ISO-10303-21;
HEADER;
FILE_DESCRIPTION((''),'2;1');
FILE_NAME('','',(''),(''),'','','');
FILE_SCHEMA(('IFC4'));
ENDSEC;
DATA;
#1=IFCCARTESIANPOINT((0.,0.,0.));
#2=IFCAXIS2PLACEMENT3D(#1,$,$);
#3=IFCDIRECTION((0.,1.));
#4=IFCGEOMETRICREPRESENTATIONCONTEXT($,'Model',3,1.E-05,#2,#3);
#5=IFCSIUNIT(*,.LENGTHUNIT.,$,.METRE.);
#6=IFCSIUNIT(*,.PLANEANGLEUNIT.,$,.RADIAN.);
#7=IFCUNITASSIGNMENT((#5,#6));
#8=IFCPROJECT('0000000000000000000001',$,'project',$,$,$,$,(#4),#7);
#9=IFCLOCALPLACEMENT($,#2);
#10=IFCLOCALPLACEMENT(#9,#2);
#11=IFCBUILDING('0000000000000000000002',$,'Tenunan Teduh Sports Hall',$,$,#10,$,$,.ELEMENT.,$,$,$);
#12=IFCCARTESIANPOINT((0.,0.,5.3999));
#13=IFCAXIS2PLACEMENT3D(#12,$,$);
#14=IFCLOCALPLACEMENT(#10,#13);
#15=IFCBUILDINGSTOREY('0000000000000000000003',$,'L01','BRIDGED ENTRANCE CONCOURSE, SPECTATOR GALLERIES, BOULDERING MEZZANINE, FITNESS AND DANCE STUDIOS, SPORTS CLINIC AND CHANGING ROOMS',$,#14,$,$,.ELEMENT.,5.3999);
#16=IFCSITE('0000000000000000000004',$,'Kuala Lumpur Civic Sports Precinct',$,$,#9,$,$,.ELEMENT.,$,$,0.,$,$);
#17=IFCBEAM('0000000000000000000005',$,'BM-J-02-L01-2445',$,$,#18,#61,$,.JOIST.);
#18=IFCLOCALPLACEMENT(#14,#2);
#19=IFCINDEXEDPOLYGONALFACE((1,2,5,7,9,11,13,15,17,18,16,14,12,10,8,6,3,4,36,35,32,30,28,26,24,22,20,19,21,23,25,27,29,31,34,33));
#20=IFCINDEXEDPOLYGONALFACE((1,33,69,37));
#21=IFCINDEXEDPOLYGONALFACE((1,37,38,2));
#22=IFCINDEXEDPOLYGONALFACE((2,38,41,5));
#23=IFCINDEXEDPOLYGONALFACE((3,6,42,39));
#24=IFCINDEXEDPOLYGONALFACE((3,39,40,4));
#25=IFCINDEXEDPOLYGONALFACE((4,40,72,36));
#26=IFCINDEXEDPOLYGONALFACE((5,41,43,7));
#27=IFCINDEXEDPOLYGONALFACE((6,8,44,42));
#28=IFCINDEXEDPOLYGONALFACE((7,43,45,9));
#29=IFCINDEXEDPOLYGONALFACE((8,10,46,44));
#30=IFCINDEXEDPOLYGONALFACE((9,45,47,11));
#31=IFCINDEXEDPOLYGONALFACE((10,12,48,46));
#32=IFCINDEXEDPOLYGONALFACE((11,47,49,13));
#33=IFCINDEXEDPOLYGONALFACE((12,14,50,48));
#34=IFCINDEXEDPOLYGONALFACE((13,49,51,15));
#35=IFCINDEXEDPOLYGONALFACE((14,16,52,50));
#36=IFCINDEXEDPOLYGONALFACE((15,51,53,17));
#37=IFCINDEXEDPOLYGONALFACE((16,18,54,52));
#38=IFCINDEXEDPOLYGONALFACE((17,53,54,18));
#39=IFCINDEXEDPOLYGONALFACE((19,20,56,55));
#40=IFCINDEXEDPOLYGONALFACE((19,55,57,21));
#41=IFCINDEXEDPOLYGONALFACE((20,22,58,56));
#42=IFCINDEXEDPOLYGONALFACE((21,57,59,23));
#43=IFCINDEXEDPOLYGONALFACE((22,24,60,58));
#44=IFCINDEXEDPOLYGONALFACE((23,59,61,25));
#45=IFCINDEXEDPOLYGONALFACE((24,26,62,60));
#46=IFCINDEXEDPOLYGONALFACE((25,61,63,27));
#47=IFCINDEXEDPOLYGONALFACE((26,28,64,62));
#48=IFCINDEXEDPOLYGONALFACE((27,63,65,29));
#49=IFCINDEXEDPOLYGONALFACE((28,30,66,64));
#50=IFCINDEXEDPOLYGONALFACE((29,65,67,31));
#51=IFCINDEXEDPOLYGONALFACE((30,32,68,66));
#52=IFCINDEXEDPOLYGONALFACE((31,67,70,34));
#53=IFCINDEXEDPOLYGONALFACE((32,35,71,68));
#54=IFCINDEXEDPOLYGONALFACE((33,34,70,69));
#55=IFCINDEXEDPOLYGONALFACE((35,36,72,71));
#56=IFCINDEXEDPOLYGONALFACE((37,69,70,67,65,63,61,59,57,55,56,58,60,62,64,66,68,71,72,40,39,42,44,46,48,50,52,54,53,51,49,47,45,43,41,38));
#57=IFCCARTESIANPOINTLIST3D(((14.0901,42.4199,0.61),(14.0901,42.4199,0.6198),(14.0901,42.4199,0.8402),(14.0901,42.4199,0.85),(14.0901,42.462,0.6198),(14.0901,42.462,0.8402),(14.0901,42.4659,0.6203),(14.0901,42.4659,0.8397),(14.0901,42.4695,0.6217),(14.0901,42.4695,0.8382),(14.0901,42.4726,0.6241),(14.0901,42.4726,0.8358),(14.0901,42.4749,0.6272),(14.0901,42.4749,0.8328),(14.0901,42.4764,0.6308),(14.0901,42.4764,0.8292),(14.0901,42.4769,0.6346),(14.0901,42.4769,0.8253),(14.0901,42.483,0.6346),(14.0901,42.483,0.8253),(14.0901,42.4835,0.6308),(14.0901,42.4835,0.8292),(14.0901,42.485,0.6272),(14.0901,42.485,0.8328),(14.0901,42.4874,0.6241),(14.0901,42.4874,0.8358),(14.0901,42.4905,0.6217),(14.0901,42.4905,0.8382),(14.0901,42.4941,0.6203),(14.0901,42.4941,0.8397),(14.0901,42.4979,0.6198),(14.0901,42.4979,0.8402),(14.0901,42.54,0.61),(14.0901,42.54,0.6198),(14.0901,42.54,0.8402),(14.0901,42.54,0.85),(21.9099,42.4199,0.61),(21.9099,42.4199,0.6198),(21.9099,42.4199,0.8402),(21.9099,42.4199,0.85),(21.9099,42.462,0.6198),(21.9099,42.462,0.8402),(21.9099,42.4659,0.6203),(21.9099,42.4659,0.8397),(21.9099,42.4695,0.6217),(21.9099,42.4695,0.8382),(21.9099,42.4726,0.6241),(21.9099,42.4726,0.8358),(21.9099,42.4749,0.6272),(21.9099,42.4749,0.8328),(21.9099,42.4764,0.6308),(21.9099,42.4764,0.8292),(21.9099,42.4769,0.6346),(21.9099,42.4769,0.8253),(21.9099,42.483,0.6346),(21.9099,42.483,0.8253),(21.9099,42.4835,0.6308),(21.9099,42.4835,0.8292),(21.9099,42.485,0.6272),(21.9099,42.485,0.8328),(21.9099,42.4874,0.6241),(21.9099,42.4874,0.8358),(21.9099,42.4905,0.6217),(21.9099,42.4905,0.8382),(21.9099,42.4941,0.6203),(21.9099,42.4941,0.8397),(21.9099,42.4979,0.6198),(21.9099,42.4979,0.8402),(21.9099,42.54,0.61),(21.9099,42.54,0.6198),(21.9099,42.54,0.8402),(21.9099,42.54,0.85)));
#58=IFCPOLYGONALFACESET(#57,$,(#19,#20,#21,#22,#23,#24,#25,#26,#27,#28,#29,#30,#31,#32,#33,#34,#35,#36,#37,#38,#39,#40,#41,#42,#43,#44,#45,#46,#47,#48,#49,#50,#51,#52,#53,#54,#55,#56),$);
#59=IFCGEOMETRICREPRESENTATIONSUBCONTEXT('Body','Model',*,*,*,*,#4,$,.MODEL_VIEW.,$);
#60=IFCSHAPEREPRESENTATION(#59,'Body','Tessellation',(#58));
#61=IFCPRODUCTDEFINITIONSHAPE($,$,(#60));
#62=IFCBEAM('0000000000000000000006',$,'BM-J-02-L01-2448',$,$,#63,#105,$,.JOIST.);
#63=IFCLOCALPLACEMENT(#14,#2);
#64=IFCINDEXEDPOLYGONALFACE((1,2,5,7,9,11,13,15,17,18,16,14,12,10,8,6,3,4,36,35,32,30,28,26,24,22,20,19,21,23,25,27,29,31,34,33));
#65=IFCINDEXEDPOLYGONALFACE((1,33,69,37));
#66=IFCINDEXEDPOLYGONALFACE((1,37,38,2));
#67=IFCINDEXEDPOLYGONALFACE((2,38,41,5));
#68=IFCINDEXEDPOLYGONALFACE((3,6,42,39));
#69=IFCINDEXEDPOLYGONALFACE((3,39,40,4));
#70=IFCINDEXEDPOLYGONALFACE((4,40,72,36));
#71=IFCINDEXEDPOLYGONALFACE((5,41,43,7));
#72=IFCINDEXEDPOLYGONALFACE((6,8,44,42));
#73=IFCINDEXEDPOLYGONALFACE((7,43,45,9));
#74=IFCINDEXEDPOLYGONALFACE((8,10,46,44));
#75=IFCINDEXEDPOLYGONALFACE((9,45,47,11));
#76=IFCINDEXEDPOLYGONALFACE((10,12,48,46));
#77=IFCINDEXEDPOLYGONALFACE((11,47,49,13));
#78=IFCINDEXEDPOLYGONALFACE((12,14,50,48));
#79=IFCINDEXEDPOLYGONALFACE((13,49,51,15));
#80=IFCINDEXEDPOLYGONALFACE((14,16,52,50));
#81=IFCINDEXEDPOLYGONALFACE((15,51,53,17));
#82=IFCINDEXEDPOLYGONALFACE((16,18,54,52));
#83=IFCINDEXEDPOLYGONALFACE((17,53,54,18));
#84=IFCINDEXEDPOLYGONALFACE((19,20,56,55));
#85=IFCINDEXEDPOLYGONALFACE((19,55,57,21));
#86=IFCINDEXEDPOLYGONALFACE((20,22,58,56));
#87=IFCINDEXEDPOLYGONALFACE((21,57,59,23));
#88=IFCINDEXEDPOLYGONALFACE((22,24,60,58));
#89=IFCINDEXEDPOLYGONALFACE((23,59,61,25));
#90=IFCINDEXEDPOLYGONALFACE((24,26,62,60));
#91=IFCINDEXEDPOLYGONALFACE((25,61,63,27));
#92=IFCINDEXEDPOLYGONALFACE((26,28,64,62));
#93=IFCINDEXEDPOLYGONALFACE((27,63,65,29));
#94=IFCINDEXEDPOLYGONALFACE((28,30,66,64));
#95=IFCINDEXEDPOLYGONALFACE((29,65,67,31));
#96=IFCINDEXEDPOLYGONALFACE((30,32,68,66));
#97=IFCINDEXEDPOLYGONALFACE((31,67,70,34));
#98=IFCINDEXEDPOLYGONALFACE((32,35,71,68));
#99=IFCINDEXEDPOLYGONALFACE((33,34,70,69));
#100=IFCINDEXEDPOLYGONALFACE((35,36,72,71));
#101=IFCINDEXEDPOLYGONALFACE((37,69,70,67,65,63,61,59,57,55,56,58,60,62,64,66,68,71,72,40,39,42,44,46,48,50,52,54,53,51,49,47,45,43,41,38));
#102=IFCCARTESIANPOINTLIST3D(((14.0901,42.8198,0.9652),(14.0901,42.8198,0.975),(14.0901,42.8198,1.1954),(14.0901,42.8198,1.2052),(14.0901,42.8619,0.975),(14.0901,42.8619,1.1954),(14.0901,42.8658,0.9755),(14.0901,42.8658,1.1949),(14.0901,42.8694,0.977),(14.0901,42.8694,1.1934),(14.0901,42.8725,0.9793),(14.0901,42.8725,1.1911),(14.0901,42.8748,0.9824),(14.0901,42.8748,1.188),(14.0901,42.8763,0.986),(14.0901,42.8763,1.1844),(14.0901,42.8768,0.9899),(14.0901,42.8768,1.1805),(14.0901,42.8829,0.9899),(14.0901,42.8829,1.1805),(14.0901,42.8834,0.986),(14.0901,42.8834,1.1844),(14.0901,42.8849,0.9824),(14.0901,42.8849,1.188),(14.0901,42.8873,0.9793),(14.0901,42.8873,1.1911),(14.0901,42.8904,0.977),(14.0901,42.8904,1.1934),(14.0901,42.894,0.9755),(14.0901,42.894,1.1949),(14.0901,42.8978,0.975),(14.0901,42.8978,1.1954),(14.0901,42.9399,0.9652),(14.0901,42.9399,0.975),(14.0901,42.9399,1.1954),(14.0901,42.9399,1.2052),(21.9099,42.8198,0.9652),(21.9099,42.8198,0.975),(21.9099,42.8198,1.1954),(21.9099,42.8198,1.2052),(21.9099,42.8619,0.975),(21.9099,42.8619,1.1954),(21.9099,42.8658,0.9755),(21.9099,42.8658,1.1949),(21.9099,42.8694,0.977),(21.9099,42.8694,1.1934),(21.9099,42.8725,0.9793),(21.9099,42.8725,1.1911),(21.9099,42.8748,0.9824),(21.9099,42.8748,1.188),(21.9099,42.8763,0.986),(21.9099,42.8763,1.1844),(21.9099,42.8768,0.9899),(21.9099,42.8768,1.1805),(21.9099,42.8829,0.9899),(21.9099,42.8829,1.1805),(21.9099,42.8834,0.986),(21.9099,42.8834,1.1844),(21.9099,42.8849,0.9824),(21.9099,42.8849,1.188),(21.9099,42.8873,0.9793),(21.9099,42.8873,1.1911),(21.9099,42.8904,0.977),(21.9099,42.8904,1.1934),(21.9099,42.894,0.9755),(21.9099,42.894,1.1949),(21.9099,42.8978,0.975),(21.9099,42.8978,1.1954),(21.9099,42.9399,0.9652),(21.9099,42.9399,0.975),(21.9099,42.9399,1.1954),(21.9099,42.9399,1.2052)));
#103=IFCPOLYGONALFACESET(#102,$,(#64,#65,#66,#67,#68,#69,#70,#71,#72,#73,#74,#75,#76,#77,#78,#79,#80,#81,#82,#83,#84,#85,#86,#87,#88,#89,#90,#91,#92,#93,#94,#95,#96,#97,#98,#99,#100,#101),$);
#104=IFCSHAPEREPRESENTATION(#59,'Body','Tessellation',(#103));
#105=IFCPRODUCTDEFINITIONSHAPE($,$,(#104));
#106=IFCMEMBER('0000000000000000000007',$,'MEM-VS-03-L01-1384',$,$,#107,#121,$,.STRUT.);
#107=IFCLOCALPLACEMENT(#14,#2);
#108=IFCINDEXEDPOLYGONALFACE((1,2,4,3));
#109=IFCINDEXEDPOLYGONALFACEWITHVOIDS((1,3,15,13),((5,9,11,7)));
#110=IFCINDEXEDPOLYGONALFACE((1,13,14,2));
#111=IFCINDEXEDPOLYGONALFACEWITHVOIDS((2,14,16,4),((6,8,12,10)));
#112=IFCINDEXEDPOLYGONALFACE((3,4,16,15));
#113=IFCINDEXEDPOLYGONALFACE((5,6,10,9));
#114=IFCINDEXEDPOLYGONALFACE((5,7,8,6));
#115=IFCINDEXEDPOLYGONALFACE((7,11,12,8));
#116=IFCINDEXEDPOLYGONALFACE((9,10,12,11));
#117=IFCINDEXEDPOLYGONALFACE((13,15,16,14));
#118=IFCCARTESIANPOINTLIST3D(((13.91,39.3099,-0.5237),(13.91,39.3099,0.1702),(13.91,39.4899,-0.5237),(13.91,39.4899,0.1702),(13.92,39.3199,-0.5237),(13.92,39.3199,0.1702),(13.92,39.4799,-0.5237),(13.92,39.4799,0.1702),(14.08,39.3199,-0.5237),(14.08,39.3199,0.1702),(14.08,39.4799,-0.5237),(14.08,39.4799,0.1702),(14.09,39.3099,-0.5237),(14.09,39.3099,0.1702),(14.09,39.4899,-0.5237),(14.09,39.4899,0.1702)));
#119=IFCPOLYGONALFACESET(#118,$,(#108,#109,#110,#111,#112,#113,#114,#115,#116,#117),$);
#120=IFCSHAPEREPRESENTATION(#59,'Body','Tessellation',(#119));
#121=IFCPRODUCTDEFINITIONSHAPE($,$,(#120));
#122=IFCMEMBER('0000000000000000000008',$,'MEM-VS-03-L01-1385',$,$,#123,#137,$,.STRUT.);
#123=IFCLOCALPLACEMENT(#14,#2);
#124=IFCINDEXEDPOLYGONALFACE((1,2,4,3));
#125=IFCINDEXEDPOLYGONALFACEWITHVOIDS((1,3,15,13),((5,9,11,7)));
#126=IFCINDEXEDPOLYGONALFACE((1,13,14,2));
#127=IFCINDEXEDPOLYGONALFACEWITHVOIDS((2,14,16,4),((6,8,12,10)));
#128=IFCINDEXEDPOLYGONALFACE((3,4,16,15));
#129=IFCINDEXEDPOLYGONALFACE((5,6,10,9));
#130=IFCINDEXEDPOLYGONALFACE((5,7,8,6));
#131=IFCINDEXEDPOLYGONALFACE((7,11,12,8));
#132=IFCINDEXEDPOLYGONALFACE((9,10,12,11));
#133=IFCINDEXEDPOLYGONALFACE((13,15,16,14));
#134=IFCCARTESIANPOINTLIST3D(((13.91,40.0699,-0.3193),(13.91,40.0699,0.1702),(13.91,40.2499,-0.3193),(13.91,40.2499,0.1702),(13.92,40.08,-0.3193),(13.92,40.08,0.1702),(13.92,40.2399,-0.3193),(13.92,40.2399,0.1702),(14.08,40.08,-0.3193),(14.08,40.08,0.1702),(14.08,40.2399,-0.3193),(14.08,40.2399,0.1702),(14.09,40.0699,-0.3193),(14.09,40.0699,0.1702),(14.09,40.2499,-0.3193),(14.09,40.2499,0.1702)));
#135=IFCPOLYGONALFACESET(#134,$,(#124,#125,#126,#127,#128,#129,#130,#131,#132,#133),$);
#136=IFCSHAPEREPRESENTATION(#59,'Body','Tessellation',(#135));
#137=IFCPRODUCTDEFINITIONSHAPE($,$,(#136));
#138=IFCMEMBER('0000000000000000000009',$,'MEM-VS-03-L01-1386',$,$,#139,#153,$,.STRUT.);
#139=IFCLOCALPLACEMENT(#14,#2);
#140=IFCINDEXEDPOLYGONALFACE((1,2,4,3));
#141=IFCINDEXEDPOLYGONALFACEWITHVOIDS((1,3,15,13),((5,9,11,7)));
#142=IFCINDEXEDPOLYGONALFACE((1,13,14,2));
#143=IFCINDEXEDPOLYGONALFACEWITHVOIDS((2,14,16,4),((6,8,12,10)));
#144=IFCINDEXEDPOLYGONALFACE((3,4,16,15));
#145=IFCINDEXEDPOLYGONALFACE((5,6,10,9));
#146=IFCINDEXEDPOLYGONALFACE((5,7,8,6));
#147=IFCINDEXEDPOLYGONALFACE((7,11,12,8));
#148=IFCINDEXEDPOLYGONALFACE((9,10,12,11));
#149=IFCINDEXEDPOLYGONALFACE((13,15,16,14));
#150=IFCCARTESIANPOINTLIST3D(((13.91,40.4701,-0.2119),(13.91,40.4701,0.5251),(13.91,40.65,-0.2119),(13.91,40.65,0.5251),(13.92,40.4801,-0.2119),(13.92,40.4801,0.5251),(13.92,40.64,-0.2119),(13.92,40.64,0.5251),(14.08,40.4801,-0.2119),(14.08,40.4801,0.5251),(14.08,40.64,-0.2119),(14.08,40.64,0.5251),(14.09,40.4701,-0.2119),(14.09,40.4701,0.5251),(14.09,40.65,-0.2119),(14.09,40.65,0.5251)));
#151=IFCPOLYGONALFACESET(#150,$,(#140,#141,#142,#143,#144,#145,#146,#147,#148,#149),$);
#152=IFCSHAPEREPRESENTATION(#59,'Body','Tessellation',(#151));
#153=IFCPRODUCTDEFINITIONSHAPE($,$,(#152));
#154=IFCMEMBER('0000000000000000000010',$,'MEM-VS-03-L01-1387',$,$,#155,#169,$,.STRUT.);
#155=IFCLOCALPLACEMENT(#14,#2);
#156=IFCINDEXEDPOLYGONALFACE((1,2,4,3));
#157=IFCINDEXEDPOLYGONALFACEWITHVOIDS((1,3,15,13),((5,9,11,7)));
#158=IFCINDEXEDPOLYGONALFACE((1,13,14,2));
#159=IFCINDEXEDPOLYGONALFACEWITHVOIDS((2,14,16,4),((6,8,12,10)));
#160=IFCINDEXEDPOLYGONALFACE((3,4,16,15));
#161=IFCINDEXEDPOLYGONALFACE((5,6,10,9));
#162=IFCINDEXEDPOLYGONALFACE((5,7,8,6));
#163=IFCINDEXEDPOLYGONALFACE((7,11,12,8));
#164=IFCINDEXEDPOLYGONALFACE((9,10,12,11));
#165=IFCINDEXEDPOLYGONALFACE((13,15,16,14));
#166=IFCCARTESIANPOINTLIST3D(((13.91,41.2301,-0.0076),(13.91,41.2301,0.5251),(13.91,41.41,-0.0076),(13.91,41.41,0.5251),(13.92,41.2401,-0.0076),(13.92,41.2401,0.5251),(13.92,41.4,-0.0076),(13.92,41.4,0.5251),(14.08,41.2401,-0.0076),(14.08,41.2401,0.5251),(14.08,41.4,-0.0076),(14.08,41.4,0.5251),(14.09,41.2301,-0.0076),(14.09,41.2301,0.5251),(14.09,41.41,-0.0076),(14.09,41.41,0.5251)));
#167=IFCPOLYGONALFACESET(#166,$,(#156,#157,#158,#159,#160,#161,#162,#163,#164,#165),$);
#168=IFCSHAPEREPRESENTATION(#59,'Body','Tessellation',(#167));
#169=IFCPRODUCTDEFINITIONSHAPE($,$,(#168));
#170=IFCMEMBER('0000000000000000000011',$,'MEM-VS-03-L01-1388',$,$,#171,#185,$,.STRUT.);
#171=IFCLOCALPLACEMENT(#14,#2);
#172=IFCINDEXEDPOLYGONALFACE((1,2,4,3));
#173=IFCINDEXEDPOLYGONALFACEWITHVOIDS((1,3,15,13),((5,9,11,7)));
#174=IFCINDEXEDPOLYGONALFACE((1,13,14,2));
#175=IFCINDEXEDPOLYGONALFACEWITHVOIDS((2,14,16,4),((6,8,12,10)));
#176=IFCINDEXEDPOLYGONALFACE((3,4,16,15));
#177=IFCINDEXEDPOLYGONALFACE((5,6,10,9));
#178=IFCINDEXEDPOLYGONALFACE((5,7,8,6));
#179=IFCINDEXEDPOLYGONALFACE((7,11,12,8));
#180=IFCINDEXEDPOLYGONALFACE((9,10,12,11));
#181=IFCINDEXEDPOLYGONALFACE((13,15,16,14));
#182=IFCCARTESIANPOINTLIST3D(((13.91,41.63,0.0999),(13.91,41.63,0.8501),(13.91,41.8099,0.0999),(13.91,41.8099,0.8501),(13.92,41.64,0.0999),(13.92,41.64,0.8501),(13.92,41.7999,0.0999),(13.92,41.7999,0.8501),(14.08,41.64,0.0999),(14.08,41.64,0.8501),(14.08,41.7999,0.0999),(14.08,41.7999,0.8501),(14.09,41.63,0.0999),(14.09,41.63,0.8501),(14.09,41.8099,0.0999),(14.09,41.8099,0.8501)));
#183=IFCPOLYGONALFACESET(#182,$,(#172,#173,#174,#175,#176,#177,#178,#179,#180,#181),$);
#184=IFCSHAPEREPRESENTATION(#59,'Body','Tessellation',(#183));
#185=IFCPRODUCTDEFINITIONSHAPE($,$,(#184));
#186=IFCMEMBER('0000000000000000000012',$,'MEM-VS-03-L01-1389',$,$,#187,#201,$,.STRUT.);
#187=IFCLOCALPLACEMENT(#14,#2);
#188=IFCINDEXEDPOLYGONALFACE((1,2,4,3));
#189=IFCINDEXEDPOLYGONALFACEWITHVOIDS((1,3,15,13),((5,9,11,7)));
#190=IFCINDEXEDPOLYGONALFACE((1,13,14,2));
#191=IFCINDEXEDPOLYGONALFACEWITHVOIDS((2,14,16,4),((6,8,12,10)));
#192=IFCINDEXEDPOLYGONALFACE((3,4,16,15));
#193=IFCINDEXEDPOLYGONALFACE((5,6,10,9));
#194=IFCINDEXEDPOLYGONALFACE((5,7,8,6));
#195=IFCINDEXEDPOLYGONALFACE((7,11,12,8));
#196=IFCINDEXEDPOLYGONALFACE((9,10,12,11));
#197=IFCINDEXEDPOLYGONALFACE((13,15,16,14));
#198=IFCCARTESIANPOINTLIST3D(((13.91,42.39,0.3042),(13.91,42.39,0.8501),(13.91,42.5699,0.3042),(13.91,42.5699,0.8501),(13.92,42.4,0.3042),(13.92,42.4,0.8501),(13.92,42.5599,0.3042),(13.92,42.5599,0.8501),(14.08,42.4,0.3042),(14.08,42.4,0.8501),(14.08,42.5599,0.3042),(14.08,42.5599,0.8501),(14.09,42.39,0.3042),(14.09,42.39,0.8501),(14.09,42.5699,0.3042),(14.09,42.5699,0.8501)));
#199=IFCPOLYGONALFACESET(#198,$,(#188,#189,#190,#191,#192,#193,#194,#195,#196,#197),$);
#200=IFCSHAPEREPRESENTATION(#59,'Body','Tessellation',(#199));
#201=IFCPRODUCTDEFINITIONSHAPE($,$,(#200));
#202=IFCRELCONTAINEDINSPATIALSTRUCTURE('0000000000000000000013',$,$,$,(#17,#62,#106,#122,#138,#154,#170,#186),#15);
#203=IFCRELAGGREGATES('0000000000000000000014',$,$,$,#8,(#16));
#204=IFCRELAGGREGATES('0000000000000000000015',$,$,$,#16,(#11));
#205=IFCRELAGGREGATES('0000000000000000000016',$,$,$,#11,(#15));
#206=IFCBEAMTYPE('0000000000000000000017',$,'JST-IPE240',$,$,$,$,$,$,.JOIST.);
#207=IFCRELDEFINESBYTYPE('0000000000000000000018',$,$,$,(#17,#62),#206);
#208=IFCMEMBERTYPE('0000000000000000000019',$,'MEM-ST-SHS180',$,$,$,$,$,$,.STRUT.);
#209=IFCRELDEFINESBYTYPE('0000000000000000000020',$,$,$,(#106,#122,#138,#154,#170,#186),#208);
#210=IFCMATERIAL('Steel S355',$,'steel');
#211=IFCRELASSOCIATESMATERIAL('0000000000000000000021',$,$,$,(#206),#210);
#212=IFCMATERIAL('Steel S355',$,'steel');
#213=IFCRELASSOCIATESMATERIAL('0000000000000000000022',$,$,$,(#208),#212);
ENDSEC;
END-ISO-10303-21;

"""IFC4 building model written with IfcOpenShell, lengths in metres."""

from ifc_helpers import new_model, si_unit, direction, frame, origin, origin_2d, place, context, subcontext, project, spatial, hollow_rectangle, i_section, extrude, material, material_profile, profile_set, type_object, element, save


model = new_model("IFC4")

# Units and contexts
model_context = context("Model", 3, precision=1e-05, world=origin(), true_north=direction((0.0, 1.0)))
body_context = subcontext(model_context, "Body", "Model", "MODEL_VIEW")
ifc_project = project(units=[si_unit("LENGTHUNIT", "METRE"), si_unit("PLANEANGLEUNIT", "RADIAN")], contexts=[model_context])

# Site, building, storey
site_placement = place(None, origin())
site = spatial("IfcSite", under=ifc_project, at=site_placement, Name="Kuala Lumpur Civic Sports Precinct", CompositionType="ELEMENT", RefElevation=0.0)
building_placement = place(site_placement, origin())
building = spatial("IfcBuilding", under=site, at=building_placement, Name="Tenunan Teduh Sports Hall", CompositionType="ELEMENT")
storey_placement = place(building_placement, frame((0.0, 0.0, 5.3999)))
storey = spatial("IfcBuildingStorey", under=building, at=storey_placement, Name="L01", Description="BRIDGED ENTRANCE CONCOURSE, SPECTATOR GALLERIES, BOULDERING MEZZANINE, FITNESS AND DANCE STUDIOS, SPORTS CLINIC AND CHANGING ROOMS", CompositionType="ELEMENT", Elevation=5.3999)

# Beams
ifc_material_1 = material(Name="Steel S355", Category="steel")
ifc_material_profile_1 = material_profile(ifc_material_1, i_section(OverallWidth=0.1201, OverallDepth=0.24, WebThickness=0.0061, FlangeThickness=0.0098, FilletRadius=0.0149, at=origin_2d()), Name="IPE 240")
ifc_profile_set_1 = profile_set([ifc_material_profile_1], Name="Steel S355")
beam_type_1 = type_object("IfcBeamType", Name="JST-IPE240", PredefinedType="JOIST", material=ifc_profile_set_1)
for number, where, z_axis, x_axis, name in (
    (1, (14.0901, 42.48, 0.73), (1.0, 0.0, 0.0), (0.0, 1.0, 0.0), "BM-J-02-L01-2445"),
    (2, (14.0901, 42.8799, 1.0852), (1.0, 0.0, 0.0), (0.0, 1.0, 0.0), "BM-J-02-L01-2448"),
):
    element("IfcBeam", number, at=place(storey_placement, frame(where, z_axis=z_axis, x_axis=x_axis)), inside=storey, type_object=beam_type_1, Name=name, PredefinedType="JOIST", context=body_context, shape_type="SweptSolid", body=[
        extrude(i_section(OverallWidth=0.1201, OverallDepth=0.24, WebThickness=0.0061, FlangeThickness=0.0098, FilletRadius=0.0149, at=origin_2d()), origin(), (0.0, 0.0, 1.0), 7.8198),
    ])

# Members
ifc_material_2 = material(Name="Steel S355", Category="steel")
ifc_material_profile_2 = material_profile(ifc_material_2, hollow_rectangle(XDim=0.1799, YDim=0.1799, WallThickness=0.01, at=origin_2d()), Name="SHS 180x180x10.0")
ifc_profile_set_2 = profile_set([ifc_material_profile_2], Name="Steel S355")
member_type = type_object("IfcMemberType", Name="MEM-ST-SHS180", PredefinedType="STRUT", material=ifc_profile_set_2)
member_1_placement = place(storey_placement, frame((14.0, 39.3999, -0.5237), z_axis=(0.0, 0.0, 1.0), x_axis=(1.0, 0.0, 0.0)))
element("IfcMember", 3, at=member_1_placement, inside=storey, type_object=member_type, Name="MEM-VS-03-L01-1384", PredefinedType="STRUT", context=body_context, shape_type="SweptSolid", body=[
    extrude(hollow_rectangle(XDim=0.1799, YDim=0.1799, WallThickness=0.01, at=origin_2d()), origin(), (0.0, 0.0, 1.0), 0.6938),
])
member_2_placement = place(storey_placement, frame((14.0, 40.1599, -0.3193), z_axis=(0.0, 0.0, 1.0), x_axis=(1.0, 0.0, 0.0)))
element("IfcMember", 4, at=member_2_placement, inside=storey, type_object=member_type, Name="MEM-VS-03-L01-1385", PredefinedType="STRUT", context=body_context, shape_type="SweptSolid", body=[
    extrude(hollow_rectangle(XDim=0.1799, YDim=0.1799, WallThickness=0.01, at=origin_2d()), origin(), (0.0, 0.0, 1.0), 0.4895),
])
member_3_placement = place(storey_placement, frame((14.0, 40.5601, -0.2119), z_axis=(0.0, 0.0, 1.0), x_axis=(1.0, 0.0, 0.0)))
element("IfcMember", 5, at=member_3_placement, inside=storey, type_object=member_type, Name="MEM-VS-03-L01-1386", PredefinedType="STRUT", context=body_context, shape_type="SweptSolid", body=[
    extrude(hollow_rectangle(XDim=0.1799, YDim=0.1799, WallThickness=0.01, at=origin_2d()), origin(), (0.0, 0.0, 1.0), 0.7371),
])
member_4_placement = place(storey_placement, frame((14.0, 41.3201, -0.0076), z_axis=(0.0, 0.0, 1.0), x_axis=(1.0, 0.0, 0.0)))
element("IfcMember", 6, at=member_4_placement, inside=storey, type_object=member_type, Name="MEM-VS-03-L01-1387", PredefinedType="STRUT", context=body_context, shape_type="SweptSolid", body=[
    extrude(hollow_rectangle(XDim=0.1799, YDim=0.1799, WallThickness=0.01, at=origin_2d()), origin(), (0.0, 0.0, 1.0), 0.5327),
])
member_5_placement = place(storey_placement, frame((14.0, 41.72, 0.0999), z_axis=(0.0, 0.0, 1.0), x_axis=(1.0, 0.0, 0.0)))
element("IfcMember", 7, at=member_5_placement, inside=storey, type_object=member_type, Name="MEM-VS-03-L01-1388", PredefinedType="STRUT", context=body_context, shape_type="SweptSolid", body=[
    extrude(hollow_rectangle(XDim=0.1799, YDim=0.1799, WallThickness=0.01, at=origin_2d()), origin(), (0.0, 0.0, 1.0), 0.7502),
])
member_6_placement = place(storey_placement, frame((14.0, 42.48, 0.3042), z_axis=(0.0, 0.0, 1.0), x_axis=(1.0, 0.0, 0.0)))
element("IfcMember", 8, at=member_6_placement, inside=storey, type_object=member_type, Name="MEM-VS-03-L01-1389", PredefinedType="STRUT", context=body_context, shape_type="SweptSolid", body=[
    extrude(hollow_rectangle(XDim=0.1799, YDim=0.1799, WallThickness=0.01, at=origin_2d()), origin(), (0.0, 0.0, 1.0), 0.5459),
])

save(model, "model.ifc")
